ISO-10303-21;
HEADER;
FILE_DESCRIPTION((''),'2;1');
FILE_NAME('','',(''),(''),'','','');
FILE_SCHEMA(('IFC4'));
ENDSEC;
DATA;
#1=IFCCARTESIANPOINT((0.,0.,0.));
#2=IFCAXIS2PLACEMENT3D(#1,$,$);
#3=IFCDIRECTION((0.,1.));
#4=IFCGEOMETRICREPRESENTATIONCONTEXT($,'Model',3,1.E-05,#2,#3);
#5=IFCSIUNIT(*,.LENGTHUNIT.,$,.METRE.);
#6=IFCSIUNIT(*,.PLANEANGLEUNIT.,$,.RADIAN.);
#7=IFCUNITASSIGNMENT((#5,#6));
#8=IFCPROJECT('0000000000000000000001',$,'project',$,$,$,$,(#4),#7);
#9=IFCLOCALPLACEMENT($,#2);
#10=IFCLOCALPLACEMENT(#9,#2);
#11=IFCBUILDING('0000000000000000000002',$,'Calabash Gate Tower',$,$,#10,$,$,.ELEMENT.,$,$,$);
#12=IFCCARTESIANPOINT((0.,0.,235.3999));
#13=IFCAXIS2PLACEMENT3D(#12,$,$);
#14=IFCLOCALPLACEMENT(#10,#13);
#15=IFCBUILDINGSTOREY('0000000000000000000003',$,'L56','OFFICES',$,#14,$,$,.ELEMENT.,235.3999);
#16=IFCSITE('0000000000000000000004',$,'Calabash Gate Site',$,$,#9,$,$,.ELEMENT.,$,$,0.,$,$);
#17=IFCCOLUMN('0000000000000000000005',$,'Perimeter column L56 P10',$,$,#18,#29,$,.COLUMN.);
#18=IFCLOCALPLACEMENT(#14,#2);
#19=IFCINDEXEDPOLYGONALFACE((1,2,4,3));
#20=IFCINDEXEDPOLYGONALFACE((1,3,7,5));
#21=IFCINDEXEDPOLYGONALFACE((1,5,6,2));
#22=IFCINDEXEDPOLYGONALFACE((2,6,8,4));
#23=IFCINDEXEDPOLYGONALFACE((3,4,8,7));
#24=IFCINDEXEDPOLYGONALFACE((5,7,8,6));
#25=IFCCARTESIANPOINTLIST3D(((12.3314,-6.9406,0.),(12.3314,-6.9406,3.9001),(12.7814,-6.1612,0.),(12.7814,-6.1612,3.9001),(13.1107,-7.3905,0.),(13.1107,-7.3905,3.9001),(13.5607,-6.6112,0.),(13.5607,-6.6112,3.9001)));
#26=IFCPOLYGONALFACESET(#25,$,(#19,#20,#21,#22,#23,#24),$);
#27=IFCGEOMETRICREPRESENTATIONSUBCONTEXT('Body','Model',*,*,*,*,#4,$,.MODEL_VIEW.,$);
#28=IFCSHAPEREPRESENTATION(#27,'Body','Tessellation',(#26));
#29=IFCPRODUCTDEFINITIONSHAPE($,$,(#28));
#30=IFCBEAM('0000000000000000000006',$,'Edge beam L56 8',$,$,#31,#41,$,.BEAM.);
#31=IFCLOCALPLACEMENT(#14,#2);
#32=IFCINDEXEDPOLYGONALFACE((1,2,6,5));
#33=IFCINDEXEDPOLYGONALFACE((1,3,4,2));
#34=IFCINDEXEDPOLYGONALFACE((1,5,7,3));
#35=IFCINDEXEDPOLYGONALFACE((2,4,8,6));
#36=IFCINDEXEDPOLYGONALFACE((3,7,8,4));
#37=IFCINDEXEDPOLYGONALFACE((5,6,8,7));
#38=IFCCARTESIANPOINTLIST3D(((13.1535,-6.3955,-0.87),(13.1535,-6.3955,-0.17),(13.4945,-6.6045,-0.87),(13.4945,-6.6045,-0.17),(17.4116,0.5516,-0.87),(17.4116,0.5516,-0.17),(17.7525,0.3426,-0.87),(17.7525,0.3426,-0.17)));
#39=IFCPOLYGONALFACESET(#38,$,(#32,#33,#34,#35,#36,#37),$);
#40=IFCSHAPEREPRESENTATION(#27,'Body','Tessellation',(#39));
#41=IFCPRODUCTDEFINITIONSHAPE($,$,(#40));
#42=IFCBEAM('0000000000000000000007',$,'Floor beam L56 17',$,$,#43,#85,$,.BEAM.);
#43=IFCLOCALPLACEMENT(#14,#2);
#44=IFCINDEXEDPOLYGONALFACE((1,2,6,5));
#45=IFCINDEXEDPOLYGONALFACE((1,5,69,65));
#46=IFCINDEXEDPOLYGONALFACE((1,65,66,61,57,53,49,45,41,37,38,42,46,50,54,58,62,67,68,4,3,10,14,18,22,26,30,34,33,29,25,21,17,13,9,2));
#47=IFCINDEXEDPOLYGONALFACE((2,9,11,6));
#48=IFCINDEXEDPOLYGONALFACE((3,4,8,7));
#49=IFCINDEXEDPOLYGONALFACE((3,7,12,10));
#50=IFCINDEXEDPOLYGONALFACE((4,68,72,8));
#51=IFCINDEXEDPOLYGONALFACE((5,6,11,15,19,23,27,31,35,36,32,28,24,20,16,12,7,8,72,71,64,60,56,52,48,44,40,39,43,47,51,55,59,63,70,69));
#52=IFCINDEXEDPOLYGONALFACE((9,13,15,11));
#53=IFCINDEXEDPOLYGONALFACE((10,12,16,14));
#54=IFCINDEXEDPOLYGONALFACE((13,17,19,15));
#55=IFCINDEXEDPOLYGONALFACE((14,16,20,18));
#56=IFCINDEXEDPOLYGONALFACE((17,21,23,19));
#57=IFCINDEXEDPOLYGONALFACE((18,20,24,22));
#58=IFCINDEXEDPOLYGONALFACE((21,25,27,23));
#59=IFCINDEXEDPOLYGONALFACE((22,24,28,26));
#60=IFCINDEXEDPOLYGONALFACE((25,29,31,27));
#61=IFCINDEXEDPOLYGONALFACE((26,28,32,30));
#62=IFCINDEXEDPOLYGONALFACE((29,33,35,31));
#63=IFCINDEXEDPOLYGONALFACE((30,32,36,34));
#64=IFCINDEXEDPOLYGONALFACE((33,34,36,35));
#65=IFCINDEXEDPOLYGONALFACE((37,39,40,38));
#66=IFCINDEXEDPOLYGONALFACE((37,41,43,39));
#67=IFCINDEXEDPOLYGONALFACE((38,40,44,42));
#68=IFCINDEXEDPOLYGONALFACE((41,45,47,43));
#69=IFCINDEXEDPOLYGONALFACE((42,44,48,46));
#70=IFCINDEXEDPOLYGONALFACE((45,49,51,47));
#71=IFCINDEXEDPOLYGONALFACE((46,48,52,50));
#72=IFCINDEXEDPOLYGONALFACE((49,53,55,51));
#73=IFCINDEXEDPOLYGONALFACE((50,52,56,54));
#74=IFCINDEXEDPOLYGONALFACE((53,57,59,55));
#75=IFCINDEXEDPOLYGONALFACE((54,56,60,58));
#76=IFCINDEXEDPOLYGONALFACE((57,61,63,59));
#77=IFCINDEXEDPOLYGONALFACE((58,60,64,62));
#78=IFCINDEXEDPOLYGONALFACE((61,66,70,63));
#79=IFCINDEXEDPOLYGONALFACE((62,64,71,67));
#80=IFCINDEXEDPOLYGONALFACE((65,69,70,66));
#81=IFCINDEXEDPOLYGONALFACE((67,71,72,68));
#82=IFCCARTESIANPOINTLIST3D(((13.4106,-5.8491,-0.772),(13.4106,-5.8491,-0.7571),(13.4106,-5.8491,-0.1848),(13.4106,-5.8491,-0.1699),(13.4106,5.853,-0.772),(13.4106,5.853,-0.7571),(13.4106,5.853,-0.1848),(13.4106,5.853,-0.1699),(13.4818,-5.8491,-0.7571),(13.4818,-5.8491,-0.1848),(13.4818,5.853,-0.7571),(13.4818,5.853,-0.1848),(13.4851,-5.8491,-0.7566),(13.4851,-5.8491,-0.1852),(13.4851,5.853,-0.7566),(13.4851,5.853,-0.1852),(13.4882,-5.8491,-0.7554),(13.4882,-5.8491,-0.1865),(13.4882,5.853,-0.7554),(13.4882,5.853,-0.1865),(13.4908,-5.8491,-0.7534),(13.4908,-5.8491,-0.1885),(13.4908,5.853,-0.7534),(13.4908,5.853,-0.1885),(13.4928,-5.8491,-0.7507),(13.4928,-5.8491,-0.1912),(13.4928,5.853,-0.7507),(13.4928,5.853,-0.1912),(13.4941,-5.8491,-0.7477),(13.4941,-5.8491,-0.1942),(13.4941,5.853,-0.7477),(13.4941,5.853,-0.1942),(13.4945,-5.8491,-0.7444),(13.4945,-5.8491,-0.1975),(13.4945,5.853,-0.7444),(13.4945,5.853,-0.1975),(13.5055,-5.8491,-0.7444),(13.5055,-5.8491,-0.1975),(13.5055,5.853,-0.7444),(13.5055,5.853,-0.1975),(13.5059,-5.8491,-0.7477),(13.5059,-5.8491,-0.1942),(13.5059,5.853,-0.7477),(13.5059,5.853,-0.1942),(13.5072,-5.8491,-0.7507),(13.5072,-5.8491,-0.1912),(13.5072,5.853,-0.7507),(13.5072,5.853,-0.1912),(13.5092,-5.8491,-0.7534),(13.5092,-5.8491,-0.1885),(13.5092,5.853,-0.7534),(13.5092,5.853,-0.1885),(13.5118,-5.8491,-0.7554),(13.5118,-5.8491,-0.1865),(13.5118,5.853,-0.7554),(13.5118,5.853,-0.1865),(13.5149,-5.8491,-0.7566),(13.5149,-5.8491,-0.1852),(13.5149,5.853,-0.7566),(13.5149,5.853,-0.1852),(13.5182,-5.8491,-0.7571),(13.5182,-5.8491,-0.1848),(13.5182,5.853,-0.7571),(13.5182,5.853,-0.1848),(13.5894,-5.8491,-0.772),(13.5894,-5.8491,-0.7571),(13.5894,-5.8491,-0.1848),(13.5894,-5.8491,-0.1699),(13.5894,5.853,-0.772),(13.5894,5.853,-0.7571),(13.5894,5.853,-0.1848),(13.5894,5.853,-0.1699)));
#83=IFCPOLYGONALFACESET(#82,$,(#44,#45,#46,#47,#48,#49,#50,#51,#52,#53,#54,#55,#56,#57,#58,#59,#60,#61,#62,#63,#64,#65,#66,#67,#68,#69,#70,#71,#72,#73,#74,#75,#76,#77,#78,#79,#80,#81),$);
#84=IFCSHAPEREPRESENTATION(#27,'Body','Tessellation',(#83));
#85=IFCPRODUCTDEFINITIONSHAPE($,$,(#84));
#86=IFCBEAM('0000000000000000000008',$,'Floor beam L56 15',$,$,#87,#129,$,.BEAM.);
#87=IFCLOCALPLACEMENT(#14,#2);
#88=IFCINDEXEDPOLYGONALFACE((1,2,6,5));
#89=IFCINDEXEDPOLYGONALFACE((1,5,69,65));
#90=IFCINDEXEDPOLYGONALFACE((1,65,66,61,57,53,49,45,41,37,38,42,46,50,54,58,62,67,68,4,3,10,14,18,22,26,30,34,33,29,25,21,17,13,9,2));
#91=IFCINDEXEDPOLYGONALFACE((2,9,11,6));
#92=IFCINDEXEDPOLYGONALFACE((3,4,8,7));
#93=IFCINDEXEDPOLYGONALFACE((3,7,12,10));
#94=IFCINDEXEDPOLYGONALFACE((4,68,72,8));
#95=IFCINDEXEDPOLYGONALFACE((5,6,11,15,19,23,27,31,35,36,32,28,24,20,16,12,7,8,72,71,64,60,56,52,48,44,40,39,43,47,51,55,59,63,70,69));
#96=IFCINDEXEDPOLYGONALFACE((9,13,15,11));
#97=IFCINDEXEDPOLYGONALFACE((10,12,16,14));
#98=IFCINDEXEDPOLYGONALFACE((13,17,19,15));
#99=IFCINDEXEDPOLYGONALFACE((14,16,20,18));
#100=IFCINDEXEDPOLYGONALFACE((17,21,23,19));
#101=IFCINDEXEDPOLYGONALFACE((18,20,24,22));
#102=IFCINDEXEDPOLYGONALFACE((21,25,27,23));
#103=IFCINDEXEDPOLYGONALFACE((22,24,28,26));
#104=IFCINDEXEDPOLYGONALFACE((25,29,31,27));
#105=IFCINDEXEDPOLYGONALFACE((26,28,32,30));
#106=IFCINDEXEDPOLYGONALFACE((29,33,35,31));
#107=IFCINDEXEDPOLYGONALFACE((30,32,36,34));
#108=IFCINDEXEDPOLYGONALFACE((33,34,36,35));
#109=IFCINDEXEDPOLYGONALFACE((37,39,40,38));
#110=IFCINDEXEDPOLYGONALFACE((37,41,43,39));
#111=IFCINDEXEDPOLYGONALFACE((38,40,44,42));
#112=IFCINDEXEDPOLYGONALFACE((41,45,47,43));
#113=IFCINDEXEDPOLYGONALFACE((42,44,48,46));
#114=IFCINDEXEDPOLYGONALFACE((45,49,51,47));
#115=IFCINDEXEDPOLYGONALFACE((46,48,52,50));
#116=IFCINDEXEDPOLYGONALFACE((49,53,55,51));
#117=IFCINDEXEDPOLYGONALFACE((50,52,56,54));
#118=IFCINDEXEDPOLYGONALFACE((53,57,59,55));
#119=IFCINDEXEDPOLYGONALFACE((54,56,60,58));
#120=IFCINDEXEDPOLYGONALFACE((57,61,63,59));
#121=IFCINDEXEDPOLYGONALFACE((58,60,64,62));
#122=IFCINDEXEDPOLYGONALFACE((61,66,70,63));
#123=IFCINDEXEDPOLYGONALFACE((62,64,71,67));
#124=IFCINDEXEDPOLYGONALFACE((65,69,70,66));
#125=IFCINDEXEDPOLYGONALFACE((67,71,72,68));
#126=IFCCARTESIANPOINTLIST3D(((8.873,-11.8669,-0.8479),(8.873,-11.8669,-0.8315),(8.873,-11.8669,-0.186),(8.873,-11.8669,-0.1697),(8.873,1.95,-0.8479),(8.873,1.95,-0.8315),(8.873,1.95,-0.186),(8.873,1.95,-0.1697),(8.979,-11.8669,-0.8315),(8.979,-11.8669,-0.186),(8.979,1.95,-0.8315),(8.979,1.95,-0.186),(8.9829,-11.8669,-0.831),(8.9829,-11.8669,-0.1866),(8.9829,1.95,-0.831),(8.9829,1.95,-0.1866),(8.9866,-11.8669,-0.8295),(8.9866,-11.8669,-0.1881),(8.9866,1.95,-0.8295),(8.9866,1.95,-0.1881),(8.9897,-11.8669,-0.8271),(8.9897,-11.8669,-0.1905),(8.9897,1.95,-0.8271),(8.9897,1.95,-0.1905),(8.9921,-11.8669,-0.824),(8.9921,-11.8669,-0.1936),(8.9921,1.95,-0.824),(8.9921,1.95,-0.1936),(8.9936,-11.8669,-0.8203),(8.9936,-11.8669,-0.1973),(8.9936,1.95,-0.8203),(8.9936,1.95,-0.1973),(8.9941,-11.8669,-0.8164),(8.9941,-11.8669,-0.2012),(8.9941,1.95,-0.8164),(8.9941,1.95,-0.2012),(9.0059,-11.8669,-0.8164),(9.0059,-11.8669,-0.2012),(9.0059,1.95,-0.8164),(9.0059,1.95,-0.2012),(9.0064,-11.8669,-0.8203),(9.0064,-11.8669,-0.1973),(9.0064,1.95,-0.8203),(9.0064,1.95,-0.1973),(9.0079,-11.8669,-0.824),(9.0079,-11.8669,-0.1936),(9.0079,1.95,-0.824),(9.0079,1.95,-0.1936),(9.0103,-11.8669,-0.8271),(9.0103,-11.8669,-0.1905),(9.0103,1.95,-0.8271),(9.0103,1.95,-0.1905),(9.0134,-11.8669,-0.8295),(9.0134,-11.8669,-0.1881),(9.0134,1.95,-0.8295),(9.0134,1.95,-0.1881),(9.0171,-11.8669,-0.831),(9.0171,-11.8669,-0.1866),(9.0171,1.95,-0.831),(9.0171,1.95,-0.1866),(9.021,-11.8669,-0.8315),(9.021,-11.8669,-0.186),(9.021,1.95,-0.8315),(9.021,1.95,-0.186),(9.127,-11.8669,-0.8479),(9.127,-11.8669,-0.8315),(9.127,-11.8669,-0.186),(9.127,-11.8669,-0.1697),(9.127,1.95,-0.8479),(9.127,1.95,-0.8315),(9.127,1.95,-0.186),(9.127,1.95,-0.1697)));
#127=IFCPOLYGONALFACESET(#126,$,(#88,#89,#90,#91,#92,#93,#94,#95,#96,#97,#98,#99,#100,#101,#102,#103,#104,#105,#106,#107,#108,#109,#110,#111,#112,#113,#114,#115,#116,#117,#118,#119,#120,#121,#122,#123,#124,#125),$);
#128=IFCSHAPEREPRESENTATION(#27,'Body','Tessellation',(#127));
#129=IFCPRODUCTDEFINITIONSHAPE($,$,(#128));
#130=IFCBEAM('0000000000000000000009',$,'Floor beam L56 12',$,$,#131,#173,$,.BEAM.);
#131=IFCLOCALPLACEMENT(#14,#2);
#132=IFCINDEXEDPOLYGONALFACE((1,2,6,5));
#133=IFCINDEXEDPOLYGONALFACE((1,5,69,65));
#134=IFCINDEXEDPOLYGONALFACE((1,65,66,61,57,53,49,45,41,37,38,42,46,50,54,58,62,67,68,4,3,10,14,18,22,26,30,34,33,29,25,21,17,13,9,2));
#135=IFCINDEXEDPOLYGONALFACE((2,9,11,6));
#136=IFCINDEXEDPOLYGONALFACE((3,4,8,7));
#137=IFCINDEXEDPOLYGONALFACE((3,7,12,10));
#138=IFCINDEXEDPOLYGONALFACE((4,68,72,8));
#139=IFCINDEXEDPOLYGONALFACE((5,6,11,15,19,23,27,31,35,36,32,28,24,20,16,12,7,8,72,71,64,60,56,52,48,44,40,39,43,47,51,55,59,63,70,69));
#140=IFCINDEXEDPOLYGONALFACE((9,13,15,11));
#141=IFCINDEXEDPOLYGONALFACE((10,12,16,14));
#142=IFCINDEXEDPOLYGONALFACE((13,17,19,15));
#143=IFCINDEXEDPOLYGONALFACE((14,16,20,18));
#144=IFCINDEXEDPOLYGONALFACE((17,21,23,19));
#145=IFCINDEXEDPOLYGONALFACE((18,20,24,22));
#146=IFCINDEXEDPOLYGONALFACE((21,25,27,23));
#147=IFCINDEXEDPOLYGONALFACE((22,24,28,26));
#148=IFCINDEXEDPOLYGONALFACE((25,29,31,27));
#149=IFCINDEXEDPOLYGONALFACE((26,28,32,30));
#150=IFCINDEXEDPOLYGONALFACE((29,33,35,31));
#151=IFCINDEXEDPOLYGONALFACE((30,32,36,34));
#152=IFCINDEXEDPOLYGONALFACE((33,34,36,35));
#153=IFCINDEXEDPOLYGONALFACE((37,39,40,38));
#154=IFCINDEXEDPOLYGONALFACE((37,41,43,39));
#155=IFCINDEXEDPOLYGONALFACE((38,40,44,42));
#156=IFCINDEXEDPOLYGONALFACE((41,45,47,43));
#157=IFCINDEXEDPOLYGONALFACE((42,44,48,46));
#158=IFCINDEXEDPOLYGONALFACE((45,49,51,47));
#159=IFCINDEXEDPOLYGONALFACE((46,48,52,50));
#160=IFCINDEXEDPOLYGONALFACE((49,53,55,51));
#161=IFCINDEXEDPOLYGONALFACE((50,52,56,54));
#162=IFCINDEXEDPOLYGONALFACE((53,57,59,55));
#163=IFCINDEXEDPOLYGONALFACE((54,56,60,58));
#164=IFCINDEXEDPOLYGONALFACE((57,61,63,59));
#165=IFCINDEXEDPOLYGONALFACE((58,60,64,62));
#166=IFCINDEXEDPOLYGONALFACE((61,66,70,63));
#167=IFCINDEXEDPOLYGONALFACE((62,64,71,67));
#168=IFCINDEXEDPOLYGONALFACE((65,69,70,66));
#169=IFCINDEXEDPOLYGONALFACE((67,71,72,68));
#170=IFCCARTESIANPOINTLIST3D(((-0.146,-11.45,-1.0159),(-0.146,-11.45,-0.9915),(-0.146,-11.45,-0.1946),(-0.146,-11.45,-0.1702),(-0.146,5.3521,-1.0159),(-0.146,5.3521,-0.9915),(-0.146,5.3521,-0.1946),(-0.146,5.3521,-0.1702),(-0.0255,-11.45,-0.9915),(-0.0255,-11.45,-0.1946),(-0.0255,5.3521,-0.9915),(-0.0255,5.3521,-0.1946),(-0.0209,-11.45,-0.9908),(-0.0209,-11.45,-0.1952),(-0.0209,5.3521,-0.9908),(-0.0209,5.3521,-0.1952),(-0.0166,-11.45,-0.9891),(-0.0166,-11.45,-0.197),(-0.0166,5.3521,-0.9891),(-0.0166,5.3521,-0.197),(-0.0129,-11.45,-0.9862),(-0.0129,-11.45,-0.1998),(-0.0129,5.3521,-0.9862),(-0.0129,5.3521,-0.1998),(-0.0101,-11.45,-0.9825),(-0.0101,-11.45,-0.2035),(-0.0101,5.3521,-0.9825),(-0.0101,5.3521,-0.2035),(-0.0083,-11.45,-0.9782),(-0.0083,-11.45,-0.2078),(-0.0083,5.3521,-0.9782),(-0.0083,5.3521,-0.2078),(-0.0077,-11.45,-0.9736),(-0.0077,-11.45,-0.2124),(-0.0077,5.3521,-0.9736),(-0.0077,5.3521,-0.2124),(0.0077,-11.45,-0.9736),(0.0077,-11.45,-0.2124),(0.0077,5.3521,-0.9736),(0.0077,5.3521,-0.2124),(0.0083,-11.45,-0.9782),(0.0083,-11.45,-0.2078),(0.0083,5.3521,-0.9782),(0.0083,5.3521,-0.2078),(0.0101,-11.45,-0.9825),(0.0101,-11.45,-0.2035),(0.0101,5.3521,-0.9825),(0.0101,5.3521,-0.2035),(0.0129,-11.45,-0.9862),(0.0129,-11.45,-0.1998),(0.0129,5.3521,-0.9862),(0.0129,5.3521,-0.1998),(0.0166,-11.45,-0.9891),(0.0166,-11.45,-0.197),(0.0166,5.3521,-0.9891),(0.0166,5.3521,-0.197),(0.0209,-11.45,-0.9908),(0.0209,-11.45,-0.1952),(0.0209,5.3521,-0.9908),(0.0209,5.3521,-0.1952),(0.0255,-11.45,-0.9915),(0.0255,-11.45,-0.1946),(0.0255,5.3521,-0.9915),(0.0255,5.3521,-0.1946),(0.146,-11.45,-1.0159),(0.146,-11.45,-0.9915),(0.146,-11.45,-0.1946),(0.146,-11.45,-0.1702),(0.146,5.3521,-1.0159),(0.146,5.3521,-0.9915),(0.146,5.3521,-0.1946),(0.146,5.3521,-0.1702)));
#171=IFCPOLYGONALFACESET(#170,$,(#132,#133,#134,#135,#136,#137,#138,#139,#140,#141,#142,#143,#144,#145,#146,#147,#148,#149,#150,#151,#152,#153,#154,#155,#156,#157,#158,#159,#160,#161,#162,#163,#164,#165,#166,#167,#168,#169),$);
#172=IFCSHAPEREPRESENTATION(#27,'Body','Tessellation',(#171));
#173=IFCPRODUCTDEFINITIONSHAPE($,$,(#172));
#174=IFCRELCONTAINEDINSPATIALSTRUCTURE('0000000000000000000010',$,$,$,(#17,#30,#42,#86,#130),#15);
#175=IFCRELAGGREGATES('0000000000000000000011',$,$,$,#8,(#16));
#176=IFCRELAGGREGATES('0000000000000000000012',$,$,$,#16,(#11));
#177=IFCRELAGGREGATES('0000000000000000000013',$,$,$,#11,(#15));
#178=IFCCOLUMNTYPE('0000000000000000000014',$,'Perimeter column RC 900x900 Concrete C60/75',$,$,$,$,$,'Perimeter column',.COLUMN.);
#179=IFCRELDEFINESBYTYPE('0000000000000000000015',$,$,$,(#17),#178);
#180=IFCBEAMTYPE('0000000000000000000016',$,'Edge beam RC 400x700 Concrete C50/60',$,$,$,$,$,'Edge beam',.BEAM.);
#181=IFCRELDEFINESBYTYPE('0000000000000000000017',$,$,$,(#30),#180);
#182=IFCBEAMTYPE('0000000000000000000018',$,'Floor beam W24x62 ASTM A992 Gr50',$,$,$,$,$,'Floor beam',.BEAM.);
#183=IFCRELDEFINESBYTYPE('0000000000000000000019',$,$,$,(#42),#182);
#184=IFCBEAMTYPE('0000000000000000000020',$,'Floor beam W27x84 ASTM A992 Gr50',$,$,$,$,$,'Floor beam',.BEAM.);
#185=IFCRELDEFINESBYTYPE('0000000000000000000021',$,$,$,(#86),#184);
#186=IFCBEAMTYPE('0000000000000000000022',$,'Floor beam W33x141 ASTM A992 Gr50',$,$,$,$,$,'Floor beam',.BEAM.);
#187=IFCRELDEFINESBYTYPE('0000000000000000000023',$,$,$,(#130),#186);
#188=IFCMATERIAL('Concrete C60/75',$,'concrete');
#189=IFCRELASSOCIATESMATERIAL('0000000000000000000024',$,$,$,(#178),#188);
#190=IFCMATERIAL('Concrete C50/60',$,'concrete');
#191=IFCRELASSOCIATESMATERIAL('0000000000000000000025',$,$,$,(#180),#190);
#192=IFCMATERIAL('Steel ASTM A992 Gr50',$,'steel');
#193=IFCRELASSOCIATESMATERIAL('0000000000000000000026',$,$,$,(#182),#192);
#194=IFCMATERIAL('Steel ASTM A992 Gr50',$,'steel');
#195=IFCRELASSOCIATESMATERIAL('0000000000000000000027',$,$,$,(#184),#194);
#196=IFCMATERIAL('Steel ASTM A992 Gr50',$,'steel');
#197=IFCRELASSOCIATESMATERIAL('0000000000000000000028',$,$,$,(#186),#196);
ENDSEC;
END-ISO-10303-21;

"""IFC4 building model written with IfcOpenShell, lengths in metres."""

from ifc_helpers import new_model, si_unit, direction, frame, origin, origin_2d, place, context, subcontext, project, spatial, rectangle, i_section, extrude, material, material_profile, profile_set, type_object, element, save


model = new_model("IFC4")

# Units and contexts
model_context = context("Model", 3, precision=1e-05, world=origin(), true_north=direction((0.0, 1.0)))
body_context = subcontext(model_context, "Body", "Model", "MODEL_VIEW")
ifc_project = project(units=[si_unit("LENGTHUNIT", "METRE"), si_unit("PLANEANGLEUNIT", "RADIAN")], contexts=[model_context])

# Site, building, storey
site_placement = place(None, origin())
site = spatial("IfcSite", under=ifc_project, at=site_placement, Name="Calabash Gate Site", CompositionType="ELEMENT", RefElevation=0.0)
building_placement = place(site_placement, origin())
building = spatial("IfcBuilding", under=site, at=building_placement, Name="Calabash Gate Tower", CompositionType="ELEMENT")
storey_placement = place(building_placement, frame((0.0, 0.0, 235.3999)))
storey = spatial("IfcBuildingStorey", under=building, at=storey_placement, Name="L56", Description="OFFICES", CompositionType="ELEMENT", Elevation=235.3999)

# Column
ifc_material_1 = material(Name="Concrete C60/75", Category="concrete")
ifc_material_profile_1 = material_profile(ifc_material_1, rectangle(XDim=0.8999, YDim=0.8999, at=origin_2d()))
ifc_profile_set_1 = profile_set([ifc_material_profile_1], Name="Concrete C60/75")
column_type = type_object("IfcColumnType", Name="Perimeter column RC 900x900 Concrete C60/75", ElementType="Perimeter column", PredefinedType="COLUMN", material=ifc_profile_set_1)
column_placement = place(storey_placement, frame((12.946, -6.7759, 0.0), z_axis=(0.0, 0.0, 1.0), x_axis=(0.5, 0.866025, 0.0)))
element("IfcColumn", 1, at=column_placement, inside=storey, type_object=column_type, Name="Perimeter column L56 P10", PredefinedType="COLUMN", context=body_context, shape_type="SweptSolid", body=[
    extrude(rectangle(XDim=0.8999, YDim=0.8999, at=origin_2d()), origin(), (0.0, 0.0, 1.0), 3.9001),
])

# Beams
ifc_material_2 = material(Name="Concrete C50/60", Category="concrete")
ifc_material_profile_2 = material_profile(ifc_material_2, rectangle(XDim=0.3999, YDim=0.7, at=origin_2d()))
ifc_profile_set_2 = profile_set([ifc_material_profile_2], Name="Concrete C50/60")
beam_type_1 = type_object("IfcBeamType", Name="Edge beam RC 400x700 Concrete C50/60", ElementType="Edge beam", PredefinedType="BEAM", material=ifc_profile_set_2)
beam_1_placement = place(storey_placement, frame((13.324, -6.5, -0.52), z_axis=(0.52258, 0.85259, 0.0), x_axis=(-0.85259, 0.52258, 0.0)))
element("IfcBeam", 2, at=beam_1_placement, inside=storey, type_object=beam_type_1, Name="Edge beam L56 8", PredefinedType="BEAM", context=body_context, shape_type="SweptSolid", body=[
    extrude(rectangle(XDim=0.3999, YDim=0.7, at=origin_2d()), origin(), (0.0, 0.0, 1.0), 8.1482),
])
ifc_material_3 = material(Name="Steel ASTM A992 Gr50", Category="steel")
ifc_material_profile_3 = material_profile(ifc_material_3, i_section(OverallWidth=0.1787, OverallDepth=0.6021, WebThickness=0.011, FlangeThickness=0.0149, FilletRadius=0.0127, at=origin_2d()))
ifc_profile_set_3 = profile_set([ifc_material_profile_3], Name="Steel ASTM A992 Gr50")
beam_type_2 = type_object("IfcBeamType", Name="Floor beam W24x62 ASTM A992 Gr50", ElementType="Floor beam", PredefinedType="BEAM", material=ifc_profile_set_3)
beam_2_placement = place(storey_placement, frame((13.5, -5.8491, -0.4709), z_axis=(0.0, 1.0, 0.0), x_axis=(-1.0, 0.0, 0.0)))
element("IfcBeam", 3, at=beam_2_placement, inside=storey, type_object=beam_type_2, Name="Floor beam L56 17", PredefinedType="BEAM", context=body_context, shape_type="SweptSolid", body=[
    extrude(i_section(OverallWidth=0.1787, OverallDepth=0.6021, WebThickness=0.011, FlangeThickness=0.0149, FilletRadius=0.0127, at=origin_2d()), origin(), (0.0, 0.0, 1.0), 11.7021),
])
ifc_material_4 = material(Name="Steel ASTM A992 Gr50", Category="steel")
ifc_material_profile_4 = material_profile(ifc_material_4, i_section(OverallWidth=0.2539, OverallDepth=0.6782, WebThickness=0.0117, FlangeThickness=0.0164, FilletRadius=0.0151, at=origin_2d()))
ifc_profile_set_4 = profile_set([ifc_material_profile_4], Name="Steel ASTM A992 Gr50")
beam_type_3 = type_object("IfcBeamType", Name="Floor beam W27x84 ASTM A992 Gr50", ElementType="Floor beam", PredefinedType="BEAM", material=ifc_profile_set_4)
beam_3_placement = place(storey_placement, frame((9.0, -11.8669, -0.5088), z_axis=(0.0, 1.0, 0.0), x_axis=(-1.0, 0.0, 0.0)))
element("IfcBeam", 4, at=beam_3_placement, inside=storey, type_object=beam_type_3, Name="Floor beam L56 15", PredefinedType="BEAM", context=body_context, shape_type="SweptSolid", body=[
    extrude(i_section(OverallWidth=0.2539, OverallDepth=0.6782, WebThickness=0.0117, FlangeThickness=0.0164, FilletRadius=0.0151, at=origin_2d()), origin(), (0.0, 0.0, 1.0), 13.8169),
])
ifc_material_5 = material(Name="Steel ASTM A992 Gr50", Category="steel")
ifc_material_profile_5 = material_profile(ifc_material_5, i_section(OverallWidth=0.292, OverallDepth=0.8457, WebThickness=0.0154, FlangeThickness=0.0244, FilletRadius=0.0178, at=origin_2d()))
ifc_profile_set_5 = profile_set([ifc_material_profile_5], Name="Steel ASTM A992 Gr50")
beam_type_4 = type_object("IfcBeamType", Name="Floor beam W33x141 ASTM A992 Gr50", ElementType="Floor beam", PredefinedType="BEAM", material=ifc_profile_set_5)
beam_4_placement = place(storey_placement, frame((0.0, -11.45, -0.593), z_axis=(0.0, 1.0, 0.0), x_axis=(-1.0, 0.0, 0.0)))
element("IfcBeam", 5, at=beam_4_placement, inside=storey, type_object=beam_type_4, Name="Floor beam L56 12", PredefinedType="BEAM", context=body_context, shape_type="SweptSolid", body=[
    extrude(i_section(OverallWidth=0.292, OverallDepth=0.8457, WebThickness=0.0154, FlangeThickness=0.0244, FilletRadius=0.0178, at=origin_2d()), origin(), (0.0, 0.0, 1.0), 16.802),
])

save(model, "model.ifc")
